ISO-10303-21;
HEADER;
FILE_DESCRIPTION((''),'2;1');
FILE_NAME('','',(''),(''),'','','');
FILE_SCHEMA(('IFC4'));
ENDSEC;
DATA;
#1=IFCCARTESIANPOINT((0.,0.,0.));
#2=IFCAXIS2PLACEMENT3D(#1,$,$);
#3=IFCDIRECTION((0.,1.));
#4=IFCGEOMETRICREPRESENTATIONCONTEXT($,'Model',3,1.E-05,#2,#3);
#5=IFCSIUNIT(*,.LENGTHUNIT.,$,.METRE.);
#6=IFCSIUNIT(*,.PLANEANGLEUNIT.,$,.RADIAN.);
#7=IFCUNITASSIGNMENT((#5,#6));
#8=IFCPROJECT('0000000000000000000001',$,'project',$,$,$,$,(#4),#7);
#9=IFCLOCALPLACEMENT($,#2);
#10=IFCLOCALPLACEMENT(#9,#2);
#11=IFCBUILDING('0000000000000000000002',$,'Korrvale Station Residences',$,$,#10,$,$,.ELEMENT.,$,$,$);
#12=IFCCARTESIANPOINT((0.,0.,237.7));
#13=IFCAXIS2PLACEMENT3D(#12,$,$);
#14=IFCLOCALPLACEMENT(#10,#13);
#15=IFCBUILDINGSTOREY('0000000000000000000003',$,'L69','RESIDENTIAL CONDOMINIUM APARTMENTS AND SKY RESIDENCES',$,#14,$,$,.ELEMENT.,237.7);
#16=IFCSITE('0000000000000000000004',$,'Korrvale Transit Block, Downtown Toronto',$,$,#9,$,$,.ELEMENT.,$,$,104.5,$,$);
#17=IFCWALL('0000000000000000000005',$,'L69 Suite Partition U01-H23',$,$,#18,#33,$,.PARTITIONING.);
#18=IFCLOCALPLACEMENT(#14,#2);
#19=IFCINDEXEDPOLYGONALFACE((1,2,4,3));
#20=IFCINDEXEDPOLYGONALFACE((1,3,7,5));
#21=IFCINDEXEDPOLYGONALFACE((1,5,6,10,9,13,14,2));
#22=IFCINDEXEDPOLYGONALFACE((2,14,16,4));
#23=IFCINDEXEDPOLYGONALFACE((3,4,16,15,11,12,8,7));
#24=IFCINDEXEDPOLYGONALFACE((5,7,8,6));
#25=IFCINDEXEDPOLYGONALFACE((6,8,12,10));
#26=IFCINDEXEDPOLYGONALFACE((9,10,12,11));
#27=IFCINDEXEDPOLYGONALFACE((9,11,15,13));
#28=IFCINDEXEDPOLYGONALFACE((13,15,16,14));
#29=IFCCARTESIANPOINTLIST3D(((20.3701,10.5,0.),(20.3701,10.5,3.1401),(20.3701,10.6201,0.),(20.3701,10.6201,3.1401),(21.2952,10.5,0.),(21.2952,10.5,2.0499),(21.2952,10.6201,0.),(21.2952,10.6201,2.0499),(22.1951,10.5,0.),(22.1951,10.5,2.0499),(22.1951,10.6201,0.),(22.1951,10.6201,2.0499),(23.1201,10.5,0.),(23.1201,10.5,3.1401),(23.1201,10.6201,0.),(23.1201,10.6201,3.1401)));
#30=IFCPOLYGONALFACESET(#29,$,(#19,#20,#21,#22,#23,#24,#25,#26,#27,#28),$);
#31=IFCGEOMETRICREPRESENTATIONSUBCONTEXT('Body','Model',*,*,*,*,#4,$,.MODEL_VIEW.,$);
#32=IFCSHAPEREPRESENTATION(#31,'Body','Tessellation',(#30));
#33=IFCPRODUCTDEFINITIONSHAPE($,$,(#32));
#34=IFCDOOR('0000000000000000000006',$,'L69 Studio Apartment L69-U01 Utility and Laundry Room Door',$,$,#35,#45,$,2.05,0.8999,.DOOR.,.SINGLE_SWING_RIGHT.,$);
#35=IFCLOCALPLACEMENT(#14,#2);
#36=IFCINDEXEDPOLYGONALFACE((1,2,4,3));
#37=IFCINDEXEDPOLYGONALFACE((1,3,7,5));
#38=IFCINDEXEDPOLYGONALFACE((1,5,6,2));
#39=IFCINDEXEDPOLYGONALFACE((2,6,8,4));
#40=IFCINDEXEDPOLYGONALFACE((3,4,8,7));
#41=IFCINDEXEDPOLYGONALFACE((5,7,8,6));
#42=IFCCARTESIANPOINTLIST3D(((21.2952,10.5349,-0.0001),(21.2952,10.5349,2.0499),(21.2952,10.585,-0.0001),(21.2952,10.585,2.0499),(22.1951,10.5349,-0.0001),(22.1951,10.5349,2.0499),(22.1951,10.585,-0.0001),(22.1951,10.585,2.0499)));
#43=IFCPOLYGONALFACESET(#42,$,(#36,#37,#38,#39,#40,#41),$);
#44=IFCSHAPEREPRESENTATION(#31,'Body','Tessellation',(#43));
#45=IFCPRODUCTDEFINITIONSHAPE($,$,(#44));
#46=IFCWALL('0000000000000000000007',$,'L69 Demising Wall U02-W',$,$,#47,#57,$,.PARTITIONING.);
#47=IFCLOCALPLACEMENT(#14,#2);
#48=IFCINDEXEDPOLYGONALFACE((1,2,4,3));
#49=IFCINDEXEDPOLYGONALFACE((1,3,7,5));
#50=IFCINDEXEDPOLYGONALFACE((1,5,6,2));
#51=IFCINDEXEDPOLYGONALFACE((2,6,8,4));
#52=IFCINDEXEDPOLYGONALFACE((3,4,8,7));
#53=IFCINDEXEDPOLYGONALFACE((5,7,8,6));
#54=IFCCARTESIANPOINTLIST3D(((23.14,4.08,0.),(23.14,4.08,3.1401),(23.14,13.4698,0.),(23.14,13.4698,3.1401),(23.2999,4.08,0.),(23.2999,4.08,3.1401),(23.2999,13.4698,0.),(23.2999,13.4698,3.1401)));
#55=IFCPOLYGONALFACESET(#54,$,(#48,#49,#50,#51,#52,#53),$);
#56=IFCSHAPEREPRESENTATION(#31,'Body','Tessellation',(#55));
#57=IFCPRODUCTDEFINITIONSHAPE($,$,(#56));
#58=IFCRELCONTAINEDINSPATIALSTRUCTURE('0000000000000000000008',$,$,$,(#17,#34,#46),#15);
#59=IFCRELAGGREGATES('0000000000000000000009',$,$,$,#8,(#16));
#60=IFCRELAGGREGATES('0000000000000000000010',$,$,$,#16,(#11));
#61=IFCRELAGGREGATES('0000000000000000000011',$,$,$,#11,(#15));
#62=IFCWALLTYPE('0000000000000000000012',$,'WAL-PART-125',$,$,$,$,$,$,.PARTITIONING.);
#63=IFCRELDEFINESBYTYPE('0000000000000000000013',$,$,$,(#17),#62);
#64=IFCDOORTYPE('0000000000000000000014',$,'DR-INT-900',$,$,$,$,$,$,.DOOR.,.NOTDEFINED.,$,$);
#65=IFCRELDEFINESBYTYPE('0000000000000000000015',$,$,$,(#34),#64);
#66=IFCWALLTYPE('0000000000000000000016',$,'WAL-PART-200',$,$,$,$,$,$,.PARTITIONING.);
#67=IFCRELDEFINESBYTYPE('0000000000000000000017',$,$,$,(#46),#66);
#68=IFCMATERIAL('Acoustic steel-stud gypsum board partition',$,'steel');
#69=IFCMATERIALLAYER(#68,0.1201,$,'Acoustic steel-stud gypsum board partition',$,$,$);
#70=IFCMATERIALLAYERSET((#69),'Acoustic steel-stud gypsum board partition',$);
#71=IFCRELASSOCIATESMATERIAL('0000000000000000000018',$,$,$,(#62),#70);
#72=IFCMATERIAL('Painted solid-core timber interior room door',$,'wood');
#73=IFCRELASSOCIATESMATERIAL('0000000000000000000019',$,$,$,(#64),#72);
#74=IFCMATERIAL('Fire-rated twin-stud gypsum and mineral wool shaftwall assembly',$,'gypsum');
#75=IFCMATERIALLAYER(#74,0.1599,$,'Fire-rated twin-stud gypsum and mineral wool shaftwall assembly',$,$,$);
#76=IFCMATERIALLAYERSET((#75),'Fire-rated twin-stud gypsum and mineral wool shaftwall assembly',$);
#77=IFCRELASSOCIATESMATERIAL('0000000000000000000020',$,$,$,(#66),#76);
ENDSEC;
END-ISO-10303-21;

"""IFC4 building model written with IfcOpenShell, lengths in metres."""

from ifc_helpers import new_model, si_unit, direction, frame, frame_2d, origin, place, context, subcontext, project, spatial, rectangle, extrude, material, layer, layer_set, type_object, element, fill, save


model = new_model("IFC4")

# Units and contexts
model_context = context("Model", 3, precision=1e-05, world=origin(), true_north=direction((0.0, 1.0)))
body_context = subcontext(model_context, "Body", "Model", "MODEL_VIEW")
ifc_project = project(units=[si_unit("LENGTHUNIT", "METRE"), si_unit("PLANEANGLEUNIT", "RADIAN")], contexts=[model_context])

# Site, building, storey
site_placement = place(None, origin())
site = spatial("IfcSite", under=ifc_project, at=site_placement, Name="Korrvale Transit Block, Downtown Toronto", CompositionType="ELEMENT", RefElevation=104.5)
building_placement = place(site_placement, origin())
building = spatial("IfcBuilding", under=site, at=building_placement, Name="Korrvale Station Residences", CompositionType="ELEMENT")
storey_placement = place(building_placement, frame((0.0, 0.0, 237.7)))
storey = spatial("IfcBuildingStorey", under=building, at=storey_placement, Name="L69", Description="RESIDENTIAL CONDOMINIUM APARTMENTS AND SKY RESIDENCES", CompositionType="ELEMENT", Elevation=237.7)

# Wall, opening, door
ifc_material_1 = material(Name="Acoustic steel-stud gypsum board partition", Category="steel")
ifc_layer_1 = layer(ifc_material_1, 0.1201, Name="Acoustic steel-stud gypsum board partition")
ifc_layer_set_1 = layer_set([ifc_layer_1], Name="Acoustic steel-stud gypsum board partition")
wall_type_1 = type_object("IfcWallType", Name="WAL-PART-125", PredefinedType="PARTITIONING", material=ifc_layer_set_1)
ifc_material_2 = material(Name="Painted solid-core timber interior room door", Category="wood")
door_type_1 = type_object("IfcDoorType", Name="DR-INT-900", OperationType="NOTDEFINED", PredefinedType="DOOR", material=ifc_material_2)
wall_1_placement = place(storey_placement, frame((20.3701, 10.5601, 0.0), z_axis=(0.0, 0.0, 1.0), x_axis=(1.0, 0.0, 0.0)))
wall_1 = element("IfcWall", 1, at=wall_1_placement, inside=storey, type_object=wall_type_1, Name="L69 Suite Partition U01-H23", PredefinedType="PARTITIONING", context=body_context, shape_type="SweptSolid", body=[
    extrude(rectangle(XDim=2.75, YDim=0.1201, at=frame_2d((1.375, 0.0))), origin(), (0.0, 0.0, 1.0), 3.1401),
])
opening_1_placement = place(wall_1_placement, frame((0.925, 0.0, 0.0)))
opening_1 = element("IfcOpeningElement", 2, at=opening_1_placement, cuts=wall_1, PredefinedType="OPENING", context=body_context, shape_type="SweptSolid", body=[
    extrude(rectangle(XDim=0.8999, YDim=2.05, at=frame_2d((0.45, 1.0249))), frame((0.0, 0.0701, 0.0), z_axis=(0.0, -1.0, 0.0), x_axis=(1.0, 0.0, 0.0)), (0.0, 0.0, 1.0), 0.1401),
])
door_1_placement = place(opening_1_placement, origin())
door_1 = element("IfcDoor", 3, at=door_1_placement, inside=storey, type_object=door_type_1, Name="L69 Studio Apartment L69-U01 Utility and Laundry Room Door", OperationType="SINGLE_SWING_RIGHT", OverallHeight=2.05, OverallWidth=0.8999, PredefinedType="DOOR", context=body_context, shape_type="SweptSolid", body=[
    extrude(rectangle(XDim=0.8999, YDim=2.05, at=frame_2d((0.45, 1.0249))), frame((0.0, 0.0249, 0.0), z_axis=(0.0, -1.0, 0.0), x_axis=(1.0, 0.0, 0.0)), (0.0, 0.0, 1.0), 0.05),
])
fill(opening_1, door_1)

# Wall
ifc_material_3 = material(Name="Fire-rated twin-stud gypsum and mineral wool shaftwall assembly", Category="gypsum")
ifc_layer_2 = layer(ifc_material_3, 0.1599, Name="Fire-rated twin-stud gypsum and mineral wool shaftwall assembly")
ifc_layer_set_2 = layer_set([ifc_layer_2], Name="Fire-rated twin-stud gypsum and mineral wool shaftwall assembly")
wall_type_2 = type_object("IfcWallType", Name="WAL-PART-200", PredefinedType="PARTITIONING", material=ifc_layer_set_2)
wall_2_placement = place(storey_placement, frame((23.22, 4.0801, 0.0), z_axis=(0.0, 0.0, 1.0), x_axis=(0.0, 1.0, 0.0)))
element("IfcWall", 4, at=wall_2_placement, inside=storey, type_object=wall_type_2, Name="L69 Demising Wall U02-W", PredefinedType="PARTITIONING", context=body_context, shape_type="SweptSolid", body=[
    extrude(rectangle(XDim=9.3899, YDim=0.1599, at=frame_2d((4.6948, 0.0))), origin(), (0.0, 0.0, 1.0), 3.1401),
])

save(model, "model.ifc")
